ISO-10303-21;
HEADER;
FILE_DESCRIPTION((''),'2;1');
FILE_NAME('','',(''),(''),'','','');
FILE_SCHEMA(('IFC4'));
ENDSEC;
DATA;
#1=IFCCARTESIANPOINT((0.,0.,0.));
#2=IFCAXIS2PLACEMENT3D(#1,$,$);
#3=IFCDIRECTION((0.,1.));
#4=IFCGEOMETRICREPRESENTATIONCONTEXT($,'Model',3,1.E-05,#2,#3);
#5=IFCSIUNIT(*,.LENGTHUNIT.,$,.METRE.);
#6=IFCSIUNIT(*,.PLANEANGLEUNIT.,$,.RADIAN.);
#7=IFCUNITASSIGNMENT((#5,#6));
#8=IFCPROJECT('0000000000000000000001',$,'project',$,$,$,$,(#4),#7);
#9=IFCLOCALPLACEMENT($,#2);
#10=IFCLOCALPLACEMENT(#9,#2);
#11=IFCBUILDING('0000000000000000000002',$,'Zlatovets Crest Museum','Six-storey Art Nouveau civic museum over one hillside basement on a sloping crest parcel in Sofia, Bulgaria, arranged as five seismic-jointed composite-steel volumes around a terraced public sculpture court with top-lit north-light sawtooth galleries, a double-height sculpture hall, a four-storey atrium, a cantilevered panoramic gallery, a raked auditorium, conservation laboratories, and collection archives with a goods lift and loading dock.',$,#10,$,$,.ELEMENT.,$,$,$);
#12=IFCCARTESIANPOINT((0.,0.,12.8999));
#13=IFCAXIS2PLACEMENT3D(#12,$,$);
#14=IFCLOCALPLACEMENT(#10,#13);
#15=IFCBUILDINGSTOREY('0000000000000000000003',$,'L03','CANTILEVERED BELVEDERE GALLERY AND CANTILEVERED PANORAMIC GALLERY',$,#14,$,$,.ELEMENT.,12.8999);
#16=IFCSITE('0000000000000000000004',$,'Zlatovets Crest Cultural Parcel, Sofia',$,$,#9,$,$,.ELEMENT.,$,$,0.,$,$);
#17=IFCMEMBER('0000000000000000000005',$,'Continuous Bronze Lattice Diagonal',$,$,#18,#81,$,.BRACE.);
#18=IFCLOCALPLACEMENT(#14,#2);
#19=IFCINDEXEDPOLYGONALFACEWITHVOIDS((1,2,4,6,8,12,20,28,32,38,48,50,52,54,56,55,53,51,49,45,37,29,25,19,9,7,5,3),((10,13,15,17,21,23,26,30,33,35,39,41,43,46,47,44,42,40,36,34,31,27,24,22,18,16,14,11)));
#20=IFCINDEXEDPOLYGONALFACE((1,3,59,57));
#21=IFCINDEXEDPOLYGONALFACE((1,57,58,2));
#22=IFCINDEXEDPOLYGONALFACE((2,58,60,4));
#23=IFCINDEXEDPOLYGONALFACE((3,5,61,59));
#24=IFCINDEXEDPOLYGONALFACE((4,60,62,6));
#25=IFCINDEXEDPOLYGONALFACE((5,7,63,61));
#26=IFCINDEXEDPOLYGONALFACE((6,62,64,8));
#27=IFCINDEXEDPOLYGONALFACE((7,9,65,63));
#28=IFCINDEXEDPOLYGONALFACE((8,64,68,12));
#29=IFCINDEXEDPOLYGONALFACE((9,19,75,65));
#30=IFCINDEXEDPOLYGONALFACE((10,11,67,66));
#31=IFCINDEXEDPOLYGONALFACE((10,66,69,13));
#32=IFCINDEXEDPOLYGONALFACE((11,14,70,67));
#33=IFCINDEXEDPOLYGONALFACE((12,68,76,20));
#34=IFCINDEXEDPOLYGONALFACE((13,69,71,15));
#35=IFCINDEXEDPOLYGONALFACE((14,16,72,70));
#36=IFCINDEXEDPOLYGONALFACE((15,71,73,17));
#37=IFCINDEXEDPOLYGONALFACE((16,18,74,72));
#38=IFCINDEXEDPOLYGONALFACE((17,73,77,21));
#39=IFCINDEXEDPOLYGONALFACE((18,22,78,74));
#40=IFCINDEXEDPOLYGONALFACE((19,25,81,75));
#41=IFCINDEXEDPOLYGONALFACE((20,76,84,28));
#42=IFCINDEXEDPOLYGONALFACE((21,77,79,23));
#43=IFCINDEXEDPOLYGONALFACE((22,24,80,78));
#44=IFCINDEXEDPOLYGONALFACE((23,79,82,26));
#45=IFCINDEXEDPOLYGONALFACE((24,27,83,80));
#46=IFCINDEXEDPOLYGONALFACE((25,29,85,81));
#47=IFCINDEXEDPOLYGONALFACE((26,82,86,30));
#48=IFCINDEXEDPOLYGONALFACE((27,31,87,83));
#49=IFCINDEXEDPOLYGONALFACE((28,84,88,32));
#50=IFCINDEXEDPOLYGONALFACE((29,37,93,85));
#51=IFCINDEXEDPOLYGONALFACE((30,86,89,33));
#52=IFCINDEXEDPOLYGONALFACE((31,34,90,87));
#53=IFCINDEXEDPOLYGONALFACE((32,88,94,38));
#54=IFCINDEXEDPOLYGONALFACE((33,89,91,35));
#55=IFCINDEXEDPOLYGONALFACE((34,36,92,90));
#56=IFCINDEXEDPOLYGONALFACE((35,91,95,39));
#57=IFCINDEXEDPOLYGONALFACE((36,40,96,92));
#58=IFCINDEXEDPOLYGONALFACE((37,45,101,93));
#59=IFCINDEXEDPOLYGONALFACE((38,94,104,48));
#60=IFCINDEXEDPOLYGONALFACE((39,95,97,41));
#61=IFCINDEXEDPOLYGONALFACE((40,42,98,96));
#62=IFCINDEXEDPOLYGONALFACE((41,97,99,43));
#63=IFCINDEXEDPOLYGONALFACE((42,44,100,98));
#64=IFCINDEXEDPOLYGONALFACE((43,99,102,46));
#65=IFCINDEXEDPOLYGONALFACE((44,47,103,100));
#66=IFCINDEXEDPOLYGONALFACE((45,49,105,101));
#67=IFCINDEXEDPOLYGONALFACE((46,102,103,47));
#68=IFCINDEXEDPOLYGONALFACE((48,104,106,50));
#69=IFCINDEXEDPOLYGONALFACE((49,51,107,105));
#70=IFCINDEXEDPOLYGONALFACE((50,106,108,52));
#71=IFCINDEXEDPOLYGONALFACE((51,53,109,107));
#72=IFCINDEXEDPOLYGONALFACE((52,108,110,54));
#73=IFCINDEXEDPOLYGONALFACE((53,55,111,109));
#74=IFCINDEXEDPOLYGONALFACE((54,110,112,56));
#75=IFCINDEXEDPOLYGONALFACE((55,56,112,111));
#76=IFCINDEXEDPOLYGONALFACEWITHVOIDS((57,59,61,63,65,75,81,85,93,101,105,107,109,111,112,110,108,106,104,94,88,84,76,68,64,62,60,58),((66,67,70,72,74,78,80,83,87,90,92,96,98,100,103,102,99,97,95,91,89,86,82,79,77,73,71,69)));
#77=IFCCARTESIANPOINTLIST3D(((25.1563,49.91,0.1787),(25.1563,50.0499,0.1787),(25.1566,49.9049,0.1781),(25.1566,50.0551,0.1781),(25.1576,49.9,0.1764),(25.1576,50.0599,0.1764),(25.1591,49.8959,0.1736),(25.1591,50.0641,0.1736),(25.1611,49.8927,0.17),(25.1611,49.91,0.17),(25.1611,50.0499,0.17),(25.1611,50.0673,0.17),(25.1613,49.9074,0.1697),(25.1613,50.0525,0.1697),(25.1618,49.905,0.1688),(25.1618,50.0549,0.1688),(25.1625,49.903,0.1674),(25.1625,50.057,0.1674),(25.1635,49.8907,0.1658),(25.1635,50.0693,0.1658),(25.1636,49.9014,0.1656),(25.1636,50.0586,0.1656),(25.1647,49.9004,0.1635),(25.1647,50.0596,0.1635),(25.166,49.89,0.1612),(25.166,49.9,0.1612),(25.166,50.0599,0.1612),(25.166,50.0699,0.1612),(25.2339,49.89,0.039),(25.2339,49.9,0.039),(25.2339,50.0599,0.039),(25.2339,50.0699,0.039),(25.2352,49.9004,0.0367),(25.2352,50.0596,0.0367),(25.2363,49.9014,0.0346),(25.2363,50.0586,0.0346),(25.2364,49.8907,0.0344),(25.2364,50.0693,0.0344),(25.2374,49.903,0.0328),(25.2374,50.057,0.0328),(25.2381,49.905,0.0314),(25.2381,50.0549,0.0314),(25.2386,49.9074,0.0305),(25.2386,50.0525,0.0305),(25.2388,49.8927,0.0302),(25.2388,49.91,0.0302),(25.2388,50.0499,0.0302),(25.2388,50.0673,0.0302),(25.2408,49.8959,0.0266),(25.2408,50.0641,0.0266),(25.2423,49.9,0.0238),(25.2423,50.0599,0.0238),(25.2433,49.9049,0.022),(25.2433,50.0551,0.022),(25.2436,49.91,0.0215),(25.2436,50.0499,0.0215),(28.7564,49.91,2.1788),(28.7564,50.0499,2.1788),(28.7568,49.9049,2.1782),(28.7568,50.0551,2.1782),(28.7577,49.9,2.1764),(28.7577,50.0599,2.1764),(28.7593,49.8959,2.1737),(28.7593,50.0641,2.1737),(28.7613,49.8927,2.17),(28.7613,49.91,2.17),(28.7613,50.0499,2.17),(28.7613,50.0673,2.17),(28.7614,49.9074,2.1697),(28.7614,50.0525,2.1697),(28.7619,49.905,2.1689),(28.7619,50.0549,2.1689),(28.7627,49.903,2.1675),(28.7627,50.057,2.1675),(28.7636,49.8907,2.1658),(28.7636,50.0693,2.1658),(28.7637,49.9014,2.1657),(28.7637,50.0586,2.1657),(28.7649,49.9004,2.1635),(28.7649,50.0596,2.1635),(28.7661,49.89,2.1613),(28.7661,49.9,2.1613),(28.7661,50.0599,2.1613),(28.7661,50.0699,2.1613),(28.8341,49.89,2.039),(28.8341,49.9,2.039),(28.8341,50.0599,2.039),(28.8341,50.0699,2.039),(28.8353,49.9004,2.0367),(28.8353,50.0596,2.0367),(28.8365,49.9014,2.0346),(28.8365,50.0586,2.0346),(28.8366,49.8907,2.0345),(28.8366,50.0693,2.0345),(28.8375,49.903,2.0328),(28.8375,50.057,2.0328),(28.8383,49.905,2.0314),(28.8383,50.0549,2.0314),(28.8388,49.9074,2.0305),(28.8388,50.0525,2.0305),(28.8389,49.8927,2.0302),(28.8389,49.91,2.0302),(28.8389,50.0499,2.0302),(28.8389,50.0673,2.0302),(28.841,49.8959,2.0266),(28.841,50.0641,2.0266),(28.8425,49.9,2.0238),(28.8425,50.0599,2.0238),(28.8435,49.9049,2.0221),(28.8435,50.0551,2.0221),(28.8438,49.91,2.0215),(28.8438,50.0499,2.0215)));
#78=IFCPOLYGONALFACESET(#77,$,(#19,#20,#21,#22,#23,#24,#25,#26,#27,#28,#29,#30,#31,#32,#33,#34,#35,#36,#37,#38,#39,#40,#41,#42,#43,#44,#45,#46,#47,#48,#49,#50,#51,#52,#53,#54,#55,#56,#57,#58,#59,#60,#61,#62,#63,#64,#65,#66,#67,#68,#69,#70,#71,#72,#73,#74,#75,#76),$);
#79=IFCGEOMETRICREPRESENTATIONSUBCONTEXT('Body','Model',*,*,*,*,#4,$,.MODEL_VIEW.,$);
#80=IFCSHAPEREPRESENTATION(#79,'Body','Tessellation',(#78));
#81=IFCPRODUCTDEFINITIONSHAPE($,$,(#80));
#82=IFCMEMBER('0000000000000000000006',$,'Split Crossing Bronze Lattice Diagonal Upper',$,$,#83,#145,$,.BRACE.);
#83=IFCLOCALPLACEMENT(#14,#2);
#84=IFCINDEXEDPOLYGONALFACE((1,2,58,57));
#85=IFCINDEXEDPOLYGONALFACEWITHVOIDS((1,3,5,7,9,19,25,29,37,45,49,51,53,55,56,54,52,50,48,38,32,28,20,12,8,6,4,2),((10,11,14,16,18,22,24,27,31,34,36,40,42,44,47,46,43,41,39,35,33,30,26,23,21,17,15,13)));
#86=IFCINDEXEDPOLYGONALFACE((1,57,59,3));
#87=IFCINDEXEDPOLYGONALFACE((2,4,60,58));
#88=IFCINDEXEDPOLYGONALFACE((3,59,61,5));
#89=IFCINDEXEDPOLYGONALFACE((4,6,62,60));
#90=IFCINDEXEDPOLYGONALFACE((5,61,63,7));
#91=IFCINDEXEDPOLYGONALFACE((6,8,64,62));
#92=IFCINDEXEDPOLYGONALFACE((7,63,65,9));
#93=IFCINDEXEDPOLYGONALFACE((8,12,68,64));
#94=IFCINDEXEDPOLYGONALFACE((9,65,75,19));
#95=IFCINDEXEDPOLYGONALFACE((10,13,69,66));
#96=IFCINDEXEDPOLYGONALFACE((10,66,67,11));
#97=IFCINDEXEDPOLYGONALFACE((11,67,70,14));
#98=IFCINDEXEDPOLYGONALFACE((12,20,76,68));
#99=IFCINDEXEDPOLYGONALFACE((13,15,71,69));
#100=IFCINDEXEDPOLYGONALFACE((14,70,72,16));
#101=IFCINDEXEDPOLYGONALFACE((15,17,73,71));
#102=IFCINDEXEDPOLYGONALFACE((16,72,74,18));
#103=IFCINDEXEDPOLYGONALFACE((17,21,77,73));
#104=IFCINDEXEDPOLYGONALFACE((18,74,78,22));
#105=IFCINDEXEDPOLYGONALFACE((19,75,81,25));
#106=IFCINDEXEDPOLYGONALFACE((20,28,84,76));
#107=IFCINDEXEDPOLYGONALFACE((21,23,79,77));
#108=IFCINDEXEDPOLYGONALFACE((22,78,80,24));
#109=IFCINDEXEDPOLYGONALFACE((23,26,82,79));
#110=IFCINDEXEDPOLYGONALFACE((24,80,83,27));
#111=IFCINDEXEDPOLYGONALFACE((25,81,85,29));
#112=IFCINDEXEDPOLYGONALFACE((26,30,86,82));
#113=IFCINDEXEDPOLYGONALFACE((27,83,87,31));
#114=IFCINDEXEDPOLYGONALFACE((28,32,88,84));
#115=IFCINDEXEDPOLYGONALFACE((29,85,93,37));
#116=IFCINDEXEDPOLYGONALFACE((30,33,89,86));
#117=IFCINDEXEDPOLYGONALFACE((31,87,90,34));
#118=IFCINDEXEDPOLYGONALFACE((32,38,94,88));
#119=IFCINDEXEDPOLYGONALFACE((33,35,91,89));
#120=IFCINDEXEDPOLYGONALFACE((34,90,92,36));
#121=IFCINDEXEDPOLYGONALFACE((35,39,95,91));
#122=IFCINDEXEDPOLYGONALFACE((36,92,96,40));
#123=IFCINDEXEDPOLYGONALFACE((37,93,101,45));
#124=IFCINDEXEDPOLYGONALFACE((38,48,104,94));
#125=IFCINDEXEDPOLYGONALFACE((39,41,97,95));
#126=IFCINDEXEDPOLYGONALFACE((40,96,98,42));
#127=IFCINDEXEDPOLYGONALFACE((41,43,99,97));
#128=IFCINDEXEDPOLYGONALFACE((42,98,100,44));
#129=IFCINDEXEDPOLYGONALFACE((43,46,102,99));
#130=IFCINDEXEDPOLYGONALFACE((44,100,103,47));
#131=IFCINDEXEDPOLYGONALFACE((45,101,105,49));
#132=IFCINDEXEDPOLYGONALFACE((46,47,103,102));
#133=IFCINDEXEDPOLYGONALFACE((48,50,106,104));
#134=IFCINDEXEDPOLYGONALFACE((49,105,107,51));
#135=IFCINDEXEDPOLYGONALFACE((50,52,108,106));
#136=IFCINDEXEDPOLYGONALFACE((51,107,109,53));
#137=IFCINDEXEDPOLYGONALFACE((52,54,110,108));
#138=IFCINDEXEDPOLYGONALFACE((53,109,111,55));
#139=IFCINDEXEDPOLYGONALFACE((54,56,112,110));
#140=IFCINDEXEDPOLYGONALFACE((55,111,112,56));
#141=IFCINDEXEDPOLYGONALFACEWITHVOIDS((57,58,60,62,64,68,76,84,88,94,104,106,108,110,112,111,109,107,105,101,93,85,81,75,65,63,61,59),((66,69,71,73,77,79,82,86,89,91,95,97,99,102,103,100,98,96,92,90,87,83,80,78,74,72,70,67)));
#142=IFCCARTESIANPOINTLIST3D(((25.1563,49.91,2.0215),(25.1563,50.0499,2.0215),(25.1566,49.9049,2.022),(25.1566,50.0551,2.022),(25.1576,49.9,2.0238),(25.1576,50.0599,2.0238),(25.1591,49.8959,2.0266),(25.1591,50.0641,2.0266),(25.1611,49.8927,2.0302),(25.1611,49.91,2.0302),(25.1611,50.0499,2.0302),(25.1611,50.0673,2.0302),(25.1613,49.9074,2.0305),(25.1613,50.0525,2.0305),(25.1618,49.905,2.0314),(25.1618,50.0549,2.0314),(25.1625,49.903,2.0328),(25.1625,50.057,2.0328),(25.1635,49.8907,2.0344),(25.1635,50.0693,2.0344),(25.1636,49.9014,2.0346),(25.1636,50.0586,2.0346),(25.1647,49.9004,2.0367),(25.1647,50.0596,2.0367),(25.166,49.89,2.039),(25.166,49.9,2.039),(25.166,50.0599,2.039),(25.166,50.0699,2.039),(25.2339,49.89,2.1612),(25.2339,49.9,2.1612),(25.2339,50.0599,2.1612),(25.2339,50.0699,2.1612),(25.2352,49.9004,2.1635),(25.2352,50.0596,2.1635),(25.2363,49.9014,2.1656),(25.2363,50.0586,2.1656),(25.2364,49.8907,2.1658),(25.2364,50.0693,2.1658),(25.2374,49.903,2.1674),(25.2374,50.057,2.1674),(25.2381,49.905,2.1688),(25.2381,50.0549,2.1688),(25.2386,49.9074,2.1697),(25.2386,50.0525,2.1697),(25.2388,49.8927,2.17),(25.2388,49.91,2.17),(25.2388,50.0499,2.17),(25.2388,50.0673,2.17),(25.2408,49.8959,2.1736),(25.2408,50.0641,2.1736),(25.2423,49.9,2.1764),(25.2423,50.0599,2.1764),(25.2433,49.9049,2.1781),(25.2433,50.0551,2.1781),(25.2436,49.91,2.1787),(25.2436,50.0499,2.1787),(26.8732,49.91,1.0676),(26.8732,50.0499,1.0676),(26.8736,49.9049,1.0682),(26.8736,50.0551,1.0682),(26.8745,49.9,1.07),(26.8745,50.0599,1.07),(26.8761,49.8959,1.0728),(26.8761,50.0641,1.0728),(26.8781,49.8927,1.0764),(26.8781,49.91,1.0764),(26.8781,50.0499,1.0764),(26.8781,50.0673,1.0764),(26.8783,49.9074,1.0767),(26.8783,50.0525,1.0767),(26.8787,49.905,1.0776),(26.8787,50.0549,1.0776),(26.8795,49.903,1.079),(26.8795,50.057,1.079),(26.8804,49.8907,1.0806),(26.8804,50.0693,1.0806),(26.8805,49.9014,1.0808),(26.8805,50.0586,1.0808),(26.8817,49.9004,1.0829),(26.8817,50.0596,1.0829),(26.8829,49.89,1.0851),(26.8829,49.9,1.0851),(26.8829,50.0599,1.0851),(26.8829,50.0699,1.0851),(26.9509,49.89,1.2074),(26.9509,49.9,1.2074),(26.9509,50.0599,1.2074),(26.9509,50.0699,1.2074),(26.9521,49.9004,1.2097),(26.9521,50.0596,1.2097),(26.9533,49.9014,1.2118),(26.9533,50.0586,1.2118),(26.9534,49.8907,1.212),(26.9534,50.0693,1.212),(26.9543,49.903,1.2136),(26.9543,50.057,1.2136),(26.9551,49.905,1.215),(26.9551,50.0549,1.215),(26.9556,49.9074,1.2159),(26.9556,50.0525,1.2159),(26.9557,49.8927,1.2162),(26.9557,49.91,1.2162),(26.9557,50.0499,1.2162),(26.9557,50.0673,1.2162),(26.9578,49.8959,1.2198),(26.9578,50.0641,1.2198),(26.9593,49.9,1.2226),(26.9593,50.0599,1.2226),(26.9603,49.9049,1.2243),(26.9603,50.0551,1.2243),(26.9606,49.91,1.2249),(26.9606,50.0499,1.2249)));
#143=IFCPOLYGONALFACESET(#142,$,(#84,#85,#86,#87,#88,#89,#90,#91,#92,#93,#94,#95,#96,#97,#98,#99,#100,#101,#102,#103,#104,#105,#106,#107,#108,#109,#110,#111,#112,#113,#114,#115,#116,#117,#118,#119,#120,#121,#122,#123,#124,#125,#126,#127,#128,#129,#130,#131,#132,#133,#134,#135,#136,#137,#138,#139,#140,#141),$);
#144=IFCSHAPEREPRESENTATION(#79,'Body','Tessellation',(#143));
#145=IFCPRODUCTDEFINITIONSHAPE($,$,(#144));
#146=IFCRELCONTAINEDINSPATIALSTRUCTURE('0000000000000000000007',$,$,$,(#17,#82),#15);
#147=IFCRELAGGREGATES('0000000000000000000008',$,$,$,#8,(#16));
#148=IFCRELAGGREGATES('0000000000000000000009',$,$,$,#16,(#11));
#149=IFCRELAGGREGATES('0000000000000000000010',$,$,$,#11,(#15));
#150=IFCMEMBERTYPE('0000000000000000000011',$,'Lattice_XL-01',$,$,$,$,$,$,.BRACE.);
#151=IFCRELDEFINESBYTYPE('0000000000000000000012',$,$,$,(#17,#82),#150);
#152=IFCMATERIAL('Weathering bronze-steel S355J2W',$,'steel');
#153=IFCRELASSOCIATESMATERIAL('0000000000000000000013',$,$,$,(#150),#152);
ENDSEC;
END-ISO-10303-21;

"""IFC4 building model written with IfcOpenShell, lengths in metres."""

from ifc_helpers import new_model, si_unit, direction, frame, origin, origin_2d, place, context, subcontext, project, spatial, hollow_rectangle, extrude, material, material_profile, profile_set, type_object, element, save


model = new_model("IFC4")

# Units and contexts
model_context = context("Model", 3, precision=1e-05, world=origin(), true_north=direction((0.0, 1.0)))
body_context = subcontext(model_context, "Body", "Model", "MODEL_VIEW")
ifc_project = project(units=[si_unit("LENGTHUNIT", "METRE"), si_unit("PLANEANGLEUNIT", "RADIAN")], contexts=[model_context])

# Site, building, storey
site_placement = place(None, origin())
site = spatial("IfcSite", under=ifc_project, at=site_placement, Name="Zlatovets Crest Cultural Parcel, Sofia", CompositionType="ELEMENT", RefElevation=0.0)
building_placement = place(site_placement, origin())
building = spatial("IfcBuilding", under=site, at=building_placement, Name="Zlatovets Crest Museum", Description="Six-storey Art Nouveau civic museum over one hillside basement on a sloping crest parcel in Sofia, Bulgaria, arranged as five seismic-jointed composite-steel volumes around a terraced public sculpture court with top-lit north-light sawtooth galleries, a double-height sculpture hall, a four-storey atrium, a cantilevered panoramic gallery, a raked auditorium, conservation laboratories, and collection archives with a goods lift and loading dock.", CompositionType="ELEMENT")
storey_placement = place(building_placement, frame((0.0, 0.0, 12.8999)))
storey = spatial("IfcBuildingStorey", under=building, at=storey_placement, Name="L03", Description="CANTILEVERED BELVEDERE GALLERY AND CANTILEVERED PANORAMIC GALLERY", CompositionType="ELEMENT", Elevation=12.8999)

# Members
ifc_material_1 = material(Name="Weathering bronze-steel S355J2W", Category="steel")
ifc_material_profile_1 = material_profile(ifc_material_1, hollow_rectangle(XDim=0.1799, YDim=0.1799, WallThickness=0.01, InnerFilletRadius=0.01, OuterFilletRadius=0.02, at=origin_2d()), Name="SHS 180x180x10.0")
ifc_profile_set_1 = profile_set([ifc_material_profile_1], Name="Weathering bronze-steel S355J2W")
member_type_1 = type_object("IfcMemberType", Name="Lattice_XL-01", PredefinedType="BRACE", material=ifc_profile_set_1)
member_1_placement = place(storey_placement, frame((25.2, 49.98, 0.1001), z_axis=(0.874163, 0.0, 0.485633), x_axis=(0.0, 1.0, 0.0)))
element("IfcMember", 1, at=member_1_placement, inside=storey, type_object=member_type_1, Name="Continuous Bronze Lattice Diagonal", PredefinedType="BRACE", context=body_context, shape_type="SweptSolid", body=[
    extrude(hollow_rectangle(XDim=0.1799, YDim=0.1799, WallThickness=0.01, InnerFilletRadius=0.01, OuterFilletRadius=0.02, at=origin_2d()), origin(), (0.0, 0.0, 1.0), 4.1184),
])
for number, where, z_axis, x_axis, name in (
    (2, (25.2, 49.98, 2.1001), (0.874169, 0.0, -0.485622), (0.0, 1.0, 0.0), "Split Crossing Bronze Lattice Diagonal Upper"),
):
    element("IfcMember", number, at=place(storey_placement, frame(where, z_axis=z_axis, x_axis=x_axis)), inside=storey, type_object=member_type_1, Name=name, PredefinedType="BRACE", context=body_context, shape_type="SweptSolid", body=[
        extrude(hollow_rectangle(XDim=0.1799, YDim=0.1799, WallThickness=0.01, InnerFilletRadius=0.01, OuterFilletRadius=0.02, at=origin_2d()), origin(), (0.0, 0.0, 1.0), 1.9641),
    ])

save(model, "model.ifc")
